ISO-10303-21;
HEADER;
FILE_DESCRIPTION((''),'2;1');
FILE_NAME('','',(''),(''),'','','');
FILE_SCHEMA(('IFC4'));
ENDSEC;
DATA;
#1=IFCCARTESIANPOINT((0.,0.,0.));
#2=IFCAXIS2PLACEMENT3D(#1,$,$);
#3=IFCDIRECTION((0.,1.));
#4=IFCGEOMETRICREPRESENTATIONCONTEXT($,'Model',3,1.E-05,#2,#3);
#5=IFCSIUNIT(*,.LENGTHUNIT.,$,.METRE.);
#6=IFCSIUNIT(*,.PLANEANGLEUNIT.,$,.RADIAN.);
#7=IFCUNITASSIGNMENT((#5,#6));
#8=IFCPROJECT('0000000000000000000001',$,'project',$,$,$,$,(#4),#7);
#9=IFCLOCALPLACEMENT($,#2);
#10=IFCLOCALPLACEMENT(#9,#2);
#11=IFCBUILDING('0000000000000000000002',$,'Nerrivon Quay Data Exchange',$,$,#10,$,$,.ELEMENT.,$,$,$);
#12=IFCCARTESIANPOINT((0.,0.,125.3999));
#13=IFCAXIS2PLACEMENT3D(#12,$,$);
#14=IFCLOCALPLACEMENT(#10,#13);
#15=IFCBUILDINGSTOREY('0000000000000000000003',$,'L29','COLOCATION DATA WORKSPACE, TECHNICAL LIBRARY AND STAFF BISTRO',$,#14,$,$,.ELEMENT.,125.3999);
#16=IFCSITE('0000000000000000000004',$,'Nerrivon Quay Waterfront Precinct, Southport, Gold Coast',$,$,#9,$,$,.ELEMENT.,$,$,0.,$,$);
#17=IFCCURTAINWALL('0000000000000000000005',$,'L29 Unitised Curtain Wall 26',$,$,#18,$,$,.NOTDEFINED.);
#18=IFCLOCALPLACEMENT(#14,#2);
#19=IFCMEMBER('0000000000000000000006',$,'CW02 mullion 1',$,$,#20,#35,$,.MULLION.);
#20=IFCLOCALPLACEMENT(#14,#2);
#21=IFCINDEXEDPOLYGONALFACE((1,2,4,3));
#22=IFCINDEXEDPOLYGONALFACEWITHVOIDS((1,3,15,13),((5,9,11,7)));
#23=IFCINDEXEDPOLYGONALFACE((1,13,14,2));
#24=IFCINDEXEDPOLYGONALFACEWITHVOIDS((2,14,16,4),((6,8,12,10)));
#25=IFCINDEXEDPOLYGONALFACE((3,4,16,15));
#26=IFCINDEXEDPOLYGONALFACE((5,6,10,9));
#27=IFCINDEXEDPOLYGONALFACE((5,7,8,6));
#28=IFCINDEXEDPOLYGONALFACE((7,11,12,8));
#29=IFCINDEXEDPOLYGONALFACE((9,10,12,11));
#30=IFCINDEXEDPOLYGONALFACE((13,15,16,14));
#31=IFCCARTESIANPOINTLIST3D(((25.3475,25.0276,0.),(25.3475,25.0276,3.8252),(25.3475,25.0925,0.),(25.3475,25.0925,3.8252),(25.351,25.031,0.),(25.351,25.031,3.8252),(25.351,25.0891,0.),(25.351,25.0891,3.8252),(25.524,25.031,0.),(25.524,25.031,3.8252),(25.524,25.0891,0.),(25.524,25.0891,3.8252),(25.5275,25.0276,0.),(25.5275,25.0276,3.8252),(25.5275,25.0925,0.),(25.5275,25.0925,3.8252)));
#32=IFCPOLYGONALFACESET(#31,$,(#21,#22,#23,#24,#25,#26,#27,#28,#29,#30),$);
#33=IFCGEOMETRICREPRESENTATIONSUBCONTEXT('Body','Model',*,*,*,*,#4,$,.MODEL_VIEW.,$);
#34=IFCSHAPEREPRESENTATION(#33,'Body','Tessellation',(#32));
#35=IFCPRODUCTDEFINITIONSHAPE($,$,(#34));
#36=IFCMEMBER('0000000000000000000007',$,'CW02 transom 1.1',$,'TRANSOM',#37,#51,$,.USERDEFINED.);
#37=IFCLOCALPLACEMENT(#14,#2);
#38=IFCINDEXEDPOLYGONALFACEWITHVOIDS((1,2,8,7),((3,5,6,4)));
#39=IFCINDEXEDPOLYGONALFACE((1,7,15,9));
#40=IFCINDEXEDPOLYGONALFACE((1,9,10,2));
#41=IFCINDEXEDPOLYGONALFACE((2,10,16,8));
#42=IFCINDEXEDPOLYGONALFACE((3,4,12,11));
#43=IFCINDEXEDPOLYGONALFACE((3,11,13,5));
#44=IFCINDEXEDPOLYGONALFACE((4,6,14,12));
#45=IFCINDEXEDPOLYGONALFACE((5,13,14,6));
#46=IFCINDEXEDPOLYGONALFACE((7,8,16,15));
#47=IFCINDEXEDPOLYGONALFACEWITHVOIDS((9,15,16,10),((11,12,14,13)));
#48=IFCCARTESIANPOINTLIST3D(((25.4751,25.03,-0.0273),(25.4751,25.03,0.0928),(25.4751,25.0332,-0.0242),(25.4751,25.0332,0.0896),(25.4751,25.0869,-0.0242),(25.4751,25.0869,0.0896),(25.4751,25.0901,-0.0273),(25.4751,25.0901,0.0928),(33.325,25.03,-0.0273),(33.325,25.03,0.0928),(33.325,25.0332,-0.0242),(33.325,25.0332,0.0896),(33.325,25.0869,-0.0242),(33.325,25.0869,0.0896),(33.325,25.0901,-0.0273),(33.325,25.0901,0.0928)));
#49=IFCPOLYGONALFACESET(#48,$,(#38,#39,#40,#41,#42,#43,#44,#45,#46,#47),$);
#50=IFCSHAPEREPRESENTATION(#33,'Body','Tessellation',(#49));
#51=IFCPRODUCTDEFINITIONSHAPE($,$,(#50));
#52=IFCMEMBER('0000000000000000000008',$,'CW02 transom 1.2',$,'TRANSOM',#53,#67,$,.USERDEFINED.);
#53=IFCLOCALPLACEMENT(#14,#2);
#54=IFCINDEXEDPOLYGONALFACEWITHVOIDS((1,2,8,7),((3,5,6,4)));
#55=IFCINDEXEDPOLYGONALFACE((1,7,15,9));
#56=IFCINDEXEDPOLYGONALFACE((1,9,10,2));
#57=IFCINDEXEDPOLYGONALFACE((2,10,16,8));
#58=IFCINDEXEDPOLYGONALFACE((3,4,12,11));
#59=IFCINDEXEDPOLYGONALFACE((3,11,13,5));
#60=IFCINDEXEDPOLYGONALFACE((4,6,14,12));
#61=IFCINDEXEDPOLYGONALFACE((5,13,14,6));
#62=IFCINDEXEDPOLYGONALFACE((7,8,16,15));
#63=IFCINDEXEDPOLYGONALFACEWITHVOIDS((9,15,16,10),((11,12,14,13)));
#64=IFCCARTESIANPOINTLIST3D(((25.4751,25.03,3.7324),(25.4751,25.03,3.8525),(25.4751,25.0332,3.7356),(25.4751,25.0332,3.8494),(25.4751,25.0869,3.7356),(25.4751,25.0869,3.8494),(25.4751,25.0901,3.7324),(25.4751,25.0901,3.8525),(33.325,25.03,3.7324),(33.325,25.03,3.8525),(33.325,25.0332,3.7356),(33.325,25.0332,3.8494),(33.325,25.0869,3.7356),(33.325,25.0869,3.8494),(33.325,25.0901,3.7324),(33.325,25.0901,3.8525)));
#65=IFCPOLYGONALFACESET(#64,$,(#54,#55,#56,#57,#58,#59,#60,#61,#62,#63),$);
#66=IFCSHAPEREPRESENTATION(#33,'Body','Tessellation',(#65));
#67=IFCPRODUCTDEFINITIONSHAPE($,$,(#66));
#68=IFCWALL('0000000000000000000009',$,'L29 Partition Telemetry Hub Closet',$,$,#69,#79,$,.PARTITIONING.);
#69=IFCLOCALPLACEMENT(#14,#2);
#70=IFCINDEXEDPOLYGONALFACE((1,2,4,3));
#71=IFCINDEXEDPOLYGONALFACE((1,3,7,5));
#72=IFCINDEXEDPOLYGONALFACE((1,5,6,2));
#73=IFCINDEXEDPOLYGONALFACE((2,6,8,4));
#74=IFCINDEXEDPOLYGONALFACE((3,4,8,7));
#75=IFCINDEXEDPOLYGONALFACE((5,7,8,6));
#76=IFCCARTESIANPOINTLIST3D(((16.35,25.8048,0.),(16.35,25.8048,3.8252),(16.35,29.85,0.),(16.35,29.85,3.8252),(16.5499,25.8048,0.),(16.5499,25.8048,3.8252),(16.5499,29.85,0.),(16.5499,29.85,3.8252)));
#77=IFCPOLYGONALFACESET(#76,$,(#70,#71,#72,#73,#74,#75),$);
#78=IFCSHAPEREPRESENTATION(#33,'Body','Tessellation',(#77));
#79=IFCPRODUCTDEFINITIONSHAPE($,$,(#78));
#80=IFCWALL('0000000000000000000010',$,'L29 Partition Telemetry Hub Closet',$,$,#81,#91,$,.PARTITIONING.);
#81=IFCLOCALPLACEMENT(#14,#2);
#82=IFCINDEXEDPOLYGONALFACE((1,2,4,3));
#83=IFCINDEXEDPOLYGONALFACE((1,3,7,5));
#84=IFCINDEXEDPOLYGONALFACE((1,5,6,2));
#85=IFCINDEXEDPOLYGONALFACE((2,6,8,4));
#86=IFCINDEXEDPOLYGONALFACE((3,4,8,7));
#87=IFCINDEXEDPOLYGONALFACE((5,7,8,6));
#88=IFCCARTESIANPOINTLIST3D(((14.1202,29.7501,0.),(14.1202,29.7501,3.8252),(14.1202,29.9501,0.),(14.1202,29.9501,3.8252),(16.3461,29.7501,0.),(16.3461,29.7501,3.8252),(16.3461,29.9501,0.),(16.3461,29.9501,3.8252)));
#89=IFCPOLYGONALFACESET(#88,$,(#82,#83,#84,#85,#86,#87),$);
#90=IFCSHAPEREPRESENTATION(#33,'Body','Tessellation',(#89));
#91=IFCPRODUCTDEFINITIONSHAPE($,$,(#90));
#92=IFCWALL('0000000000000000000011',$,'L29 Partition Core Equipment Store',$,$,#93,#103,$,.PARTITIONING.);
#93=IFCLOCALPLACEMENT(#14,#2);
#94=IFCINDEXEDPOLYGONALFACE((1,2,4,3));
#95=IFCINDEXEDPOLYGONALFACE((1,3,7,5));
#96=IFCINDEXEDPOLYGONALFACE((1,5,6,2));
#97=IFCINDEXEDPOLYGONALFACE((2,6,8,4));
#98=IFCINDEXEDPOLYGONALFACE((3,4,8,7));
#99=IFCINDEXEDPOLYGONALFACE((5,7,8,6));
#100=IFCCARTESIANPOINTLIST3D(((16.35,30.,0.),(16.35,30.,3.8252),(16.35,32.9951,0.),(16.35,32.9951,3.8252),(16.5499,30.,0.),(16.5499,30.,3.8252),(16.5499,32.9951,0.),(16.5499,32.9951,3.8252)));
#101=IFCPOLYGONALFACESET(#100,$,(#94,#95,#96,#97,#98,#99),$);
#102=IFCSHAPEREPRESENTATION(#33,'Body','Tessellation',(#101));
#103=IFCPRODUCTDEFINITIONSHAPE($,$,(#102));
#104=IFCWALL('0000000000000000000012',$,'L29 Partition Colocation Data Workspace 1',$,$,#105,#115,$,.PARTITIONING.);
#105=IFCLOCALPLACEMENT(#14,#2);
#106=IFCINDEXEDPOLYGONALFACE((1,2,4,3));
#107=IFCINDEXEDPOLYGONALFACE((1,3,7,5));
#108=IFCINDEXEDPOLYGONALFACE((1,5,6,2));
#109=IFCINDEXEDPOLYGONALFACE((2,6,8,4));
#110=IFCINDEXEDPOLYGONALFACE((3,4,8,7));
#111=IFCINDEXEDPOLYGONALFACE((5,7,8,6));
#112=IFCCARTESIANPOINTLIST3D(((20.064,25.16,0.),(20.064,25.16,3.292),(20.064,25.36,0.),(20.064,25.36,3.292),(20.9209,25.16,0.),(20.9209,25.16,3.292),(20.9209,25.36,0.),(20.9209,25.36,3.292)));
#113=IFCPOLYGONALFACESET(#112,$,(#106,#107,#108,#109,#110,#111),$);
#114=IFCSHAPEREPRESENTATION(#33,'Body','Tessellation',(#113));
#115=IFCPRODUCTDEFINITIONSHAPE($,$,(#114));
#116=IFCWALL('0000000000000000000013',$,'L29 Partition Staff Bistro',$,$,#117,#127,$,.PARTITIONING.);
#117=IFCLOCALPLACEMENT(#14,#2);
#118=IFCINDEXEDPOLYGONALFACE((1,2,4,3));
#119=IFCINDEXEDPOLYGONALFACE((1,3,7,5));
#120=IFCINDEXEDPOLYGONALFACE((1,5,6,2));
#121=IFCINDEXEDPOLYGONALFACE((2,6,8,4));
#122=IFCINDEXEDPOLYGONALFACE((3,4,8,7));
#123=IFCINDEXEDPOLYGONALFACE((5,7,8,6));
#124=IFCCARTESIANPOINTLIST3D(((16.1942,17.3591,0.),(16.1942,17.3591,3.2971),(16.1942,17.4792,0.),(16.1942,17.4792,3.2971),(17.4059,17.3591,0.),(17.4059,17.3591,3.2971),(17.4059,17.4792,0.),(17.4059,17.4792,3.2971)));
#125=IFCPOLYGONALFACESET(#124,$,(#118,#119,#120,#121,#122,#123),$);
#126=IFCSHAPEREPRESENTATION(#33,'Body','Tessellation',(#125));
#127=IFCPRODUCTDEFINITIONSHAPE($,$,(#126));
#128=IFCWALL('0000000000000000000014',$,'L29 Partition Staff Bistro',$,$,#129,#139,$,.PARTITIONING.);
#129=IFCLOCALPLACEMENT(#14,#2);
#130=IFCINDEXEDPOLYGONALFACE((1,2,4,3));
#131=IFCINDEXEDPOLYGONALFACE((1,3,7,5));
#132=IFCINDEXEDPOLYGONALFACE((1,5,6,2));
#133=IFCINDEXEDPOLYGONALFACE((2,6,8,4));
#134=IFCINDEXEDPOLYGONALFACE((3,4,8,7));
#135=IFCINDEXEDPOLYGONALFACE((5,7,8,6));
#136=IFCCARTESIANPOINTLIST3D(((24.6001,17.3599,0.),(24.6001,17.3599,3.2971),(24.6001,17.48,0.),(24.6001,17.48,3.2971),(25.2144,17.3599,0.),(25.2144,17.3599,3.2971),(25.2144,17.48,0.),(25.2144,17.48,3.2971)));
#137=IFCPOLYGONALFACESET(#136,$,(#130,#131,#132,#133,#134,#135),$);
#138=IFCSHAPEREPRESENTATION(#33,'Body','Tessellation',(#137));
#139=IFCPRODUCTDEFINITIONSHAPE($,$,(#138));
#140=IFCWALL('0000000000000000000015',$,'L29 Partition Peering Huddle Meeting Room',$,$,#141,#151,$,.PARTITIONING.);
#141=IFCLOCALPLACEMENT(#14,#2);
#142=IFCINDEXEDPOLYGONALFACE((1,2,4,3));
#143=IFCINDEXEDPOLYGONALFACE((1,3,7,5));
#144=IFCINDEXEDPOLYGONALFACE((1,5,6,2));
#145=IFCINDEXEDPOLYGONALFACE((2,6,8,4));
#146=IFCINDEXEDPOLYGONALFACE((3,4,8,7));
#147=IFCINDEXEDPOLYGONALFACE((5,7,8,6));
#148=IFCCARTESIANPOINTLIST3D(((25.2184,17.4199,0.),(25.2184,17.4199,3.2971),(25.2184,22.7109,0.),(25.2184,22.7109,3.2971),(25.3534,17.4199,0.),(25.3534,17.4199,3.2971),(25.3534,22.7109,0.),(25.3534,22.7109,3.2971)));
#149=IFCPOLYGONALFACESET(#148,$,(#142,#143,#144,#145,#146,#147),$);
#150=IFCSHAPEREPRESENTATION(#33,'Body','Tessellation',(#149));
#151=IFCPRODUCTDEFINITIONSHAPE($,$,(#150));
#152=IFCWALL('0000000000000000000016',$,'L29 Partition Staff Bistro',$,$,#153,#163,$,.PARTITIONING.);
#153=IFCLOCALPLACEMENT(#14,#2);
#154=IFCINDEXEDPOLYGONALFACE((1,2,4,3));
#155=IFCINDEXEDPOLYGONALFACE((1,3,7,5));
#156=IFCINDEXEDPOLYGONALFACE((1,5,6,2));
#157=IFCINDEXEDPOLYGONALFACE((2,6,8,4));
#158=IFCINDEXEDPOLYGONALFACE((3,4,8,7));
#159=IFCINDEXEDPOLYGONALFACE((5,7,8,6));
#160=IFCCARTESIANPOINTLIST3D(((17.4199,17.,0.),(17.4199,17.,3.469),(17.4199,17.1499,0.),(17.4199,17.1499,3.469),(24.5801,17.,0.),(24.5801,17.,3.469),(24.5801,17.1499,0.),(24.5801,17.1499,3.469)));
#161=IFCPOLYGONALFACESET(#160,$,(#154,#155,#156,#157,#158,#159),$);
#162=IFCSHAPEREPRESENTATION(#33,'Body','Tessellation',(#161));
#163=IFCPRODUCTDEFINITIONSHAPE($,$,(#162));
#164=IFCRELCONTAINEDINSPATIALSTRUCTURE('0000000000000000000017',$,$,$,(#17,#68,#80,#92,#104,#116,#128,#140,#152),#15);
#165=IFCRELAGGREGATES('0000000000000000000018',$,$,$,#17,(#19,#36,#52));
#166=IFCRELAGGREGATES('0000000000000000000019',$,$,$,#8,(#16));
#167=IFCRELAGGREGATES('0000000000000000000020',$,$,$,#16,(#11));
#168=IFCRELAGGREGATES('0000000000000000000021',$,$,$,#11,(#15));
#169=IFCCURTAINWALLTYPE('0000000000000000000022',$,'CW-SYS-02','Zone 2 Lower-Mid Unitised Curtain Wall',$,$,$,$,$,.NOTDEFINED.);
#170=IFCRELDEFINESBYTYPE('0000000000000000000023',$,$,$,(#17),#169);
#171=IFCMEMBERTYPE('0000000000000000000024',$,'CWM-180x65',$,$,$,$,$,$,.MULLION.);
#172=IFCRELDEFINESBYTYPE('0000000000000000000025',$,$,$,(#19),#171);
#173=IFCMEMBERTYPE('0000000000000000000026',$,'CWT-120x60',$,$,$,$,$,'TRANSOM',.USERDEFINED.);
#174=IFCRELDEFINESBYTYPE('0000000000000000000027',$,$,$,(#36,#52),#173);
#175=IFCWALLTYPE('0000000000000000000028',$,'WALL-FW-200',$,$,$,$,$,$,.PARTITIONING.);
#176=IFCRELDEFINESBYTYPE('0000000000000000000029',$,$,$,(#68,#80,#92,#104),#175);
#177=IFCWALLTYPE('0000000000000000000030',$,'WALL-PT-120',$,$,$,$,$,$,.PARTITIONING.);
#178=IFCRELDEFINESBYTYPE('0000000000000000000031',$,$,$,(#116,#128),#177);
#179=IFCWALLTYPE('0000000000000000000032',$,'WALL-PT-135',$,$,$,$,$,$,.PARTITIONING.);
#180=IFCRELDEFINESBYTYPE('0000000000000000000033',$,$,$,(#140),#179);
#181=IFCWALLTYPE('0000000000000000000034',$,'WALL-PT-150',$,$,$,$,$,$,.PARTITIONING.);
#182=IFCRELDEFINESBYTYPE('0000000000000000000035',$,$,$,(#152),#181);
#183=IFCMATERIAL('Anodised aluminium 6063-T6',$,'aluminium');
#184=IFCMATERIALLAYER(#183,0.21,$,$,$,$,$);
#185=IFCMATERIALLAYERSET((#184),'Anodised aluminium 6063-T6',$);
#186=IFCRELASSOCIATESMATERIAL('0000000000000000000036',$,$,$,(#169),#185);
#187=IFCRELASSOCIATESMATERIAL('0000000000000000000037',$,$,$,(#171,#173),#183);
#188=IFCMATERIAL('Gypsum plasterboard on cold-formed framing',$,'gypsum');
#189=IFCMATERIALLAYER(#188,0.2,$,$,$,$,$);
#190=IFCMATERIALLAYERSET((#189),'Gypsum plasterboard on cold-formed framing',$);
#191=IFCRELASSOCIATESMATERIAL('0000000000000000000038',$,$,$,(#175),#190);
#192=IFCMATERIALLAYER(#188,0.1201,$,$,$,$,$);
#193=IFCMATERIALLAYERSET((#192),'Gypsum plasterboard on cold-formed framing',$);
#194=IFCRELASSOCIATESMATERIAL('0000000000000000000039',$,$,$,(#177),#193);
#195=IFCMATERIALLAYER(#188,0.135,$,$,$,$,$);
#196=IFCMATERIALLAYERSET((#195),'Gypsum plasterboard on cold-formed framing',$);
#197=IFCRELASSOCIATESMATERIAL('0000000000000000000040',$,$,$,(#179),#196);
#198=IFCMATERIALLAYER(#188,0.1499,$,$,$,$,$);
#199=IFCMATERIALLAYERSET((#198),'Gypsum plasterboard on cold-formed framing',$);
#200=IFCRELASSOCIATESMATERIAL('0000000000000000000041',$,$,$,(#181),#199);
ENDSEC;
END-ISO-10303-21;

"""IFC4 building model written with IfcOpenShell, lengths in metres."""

from ifc_helpers import new_model, si_unit, direction, frame, frame_2d, origin, origin_2d, place, context, subcontext, project, spatial, rectangle, hollow_rectangle, extrude, material, layer, layer_set, material_profile, profile_set, type_object, element, aggregate, save


model = new_model("IFC4")

# Units and contexts
model_context = context("Model", 3, precision=1e-05, world=origin(), true_north=direction((0.0, 1.0)))
body_context = subcontext(model_context, "Body", "Model", "MODEL_VIEW")
ifc_project = project(units=[si_unit("LENGTHUNIT", "METRE"), si_unit("PLANEANGLEUNIT", "RADIAN")], contexts=[model_context])

# Site, building, storey
site_placement = place(None, origin())
site = spatial("IfcSite", under=ifc_project, at=site_placement, Name="Nerrivon Quay Waterfront Precinct, Southport, Gold Coast", CompositionType="ELEMENT", RefElevation=0.0)
building_placement = place(site_placement, origin())
building = spatial("IfcBuilding", under=site, at=building_placement, Name="Nerrivon Quay Data Exchange", CompositionType="ELEMENT")
storey_placement = place(building_placement, frame((0.0, 0.0, 125.3999)))
storey = spatial("IfcBuildingStorey", under=building, at=storey_placement, Name="L29", Description="COLOCATION DATA WORKSPACE, TECHNICAL LIBRARY AND STAFF BISTRO", CompositionType="ELEMENT", Elevation=125.3999)

# Curtain wall, members
ifc_material_1 = material(Name="Anodised aluminium 6063-T6", Category="aluminium")
ifc_layer_1 = layer(ifc_material_1, 0.21)
ifc_layer_set_1 = layer_set([ifc_layer_1], Name="Anodised aluminium 6063-T6")
curtain_wall_type = type_object("IfcCurtainWallType", Name="CW-SYS-02", Description="Zone 2 Lower-Mid Unitised Curtain Wall", PredefinedType="NOTDEFINED", material=ifc_layer_set_1)
curtain_wall_placement = place(storey_placement, origin())
curtain_wall = element("IfcCurtainWall", 1, at=curtain_wall_placement, inside=storey, type_object=curtain_wall_type, Name="L29 Unitised Curtain Wall 26", PredefinedType="NOTDEFINED")
ifc_material_profile_1 = material_profile(ifc_material_1, hollow_rectangle(XDim=0.0649, YDim=0.1799, WallThickness=0.0034, at=origin_2d()), Name="ALU-MULL-180x65")
ifc_profile_set_1 = profile_set([ifc_material_profile_1], Name="Anodised aluminium 6063-T6")
member_type_1 = type_object("IfcMemberType", Name="CWM-180x65", PredefinedType="MULLION", material=ifc_profile_set_1)
member_1_placement = place(storey_placement, frame((25.4375, 25.0601, 0.0), z_axis=(0.0, 0.0, 1.0), x_axis=(0.0, 1.0, 0.0)))
member_1 = element("IfcMember", 2, at=member_1_placement, type_object=member_type_1, Name="CW02 mullion 1", PredefinedType="MULLION", context=body_context, shape_type="SweptSolid", body=[
    extrude(hollow_rectangle(XDim=0.0649, YDim=0.1799, WallThickness=0.0034, at=origin_2d()), origin(), (0.0, 0.0, 1.0), 3.8252),
])
ifc_material_profile_2 = material_profile(ifc_material_1, hollow_rectangle(XDim=0.0601, YDim=0.1201, WallThickness=0.0032, at=origin_2d()), Name="ALU-TRAN-120x60")
ifc_profile_set_2 = profile_set([ifc_material_profile_2], Name="Anodised aluminium 6063-T6")
member_type_2 = type_object("IfcMemberType", Name="CWT-120x60", ElementType="TRANSOM", PredefinedType="USERDEFINED", material=ifc_profile_set_2)
member_2_placement = place(storey_placement, frame((25.4751, 25.0601, 0.0327), z_axis=(1.0, 0.0, 0.0), x_axis=(0.0, 1.0, 0.0)))
member_2 = element("IfcMember", 3, at=member_2_placement, type_object=member_type_2, Name="CW02 transom 1.1", ObjectType="TRANSOM", PredefinedType="USERDEFINED", context=body_context, shape_type="SweptSolid", body=[
    extrude(hollow_rectangle(XDim=0.0601, YDim=0.1201, WallThickness=0.0032, at=origin_2d()), origin(), (0.0, 0.0, 1.0), 7.8499),
])
member_3_placement = place(storey_placement, frame((25.4751, 25.0601, 3.7925), z_axis=(1.0, 0.0, 0.0), x_axis=(0.0, 1.0, 0.0)))
member_3 = element("IfcMember", 4, at=member_3_placement, type_object=member_type_2, Name="CW02 transom 1.2", ObjectType="TRANSOM", PredefinedType="USERDEFINED", context=body_context, shape_type="SweptSolid", body=[
    extrude(hollow_rectangle(XDim=0.0601, YDim=0.1201, WallThickness=0.0032, at=origin_2d()), origin(), (0.0, 0.0, 1.0), 7.8499),
])
aggregate(curtain_wall, [member_1, member_2, member_3])

# Walls
ifc_material_2 = material(Name="Gypsum plasterboard on cold-formed framing", Category="gypsum")
ifc_layer_2 = layer(ifc_material_2, 0.2)
ifc_layer_set_2 = layer_set([ifc_layer_2], Name="Gypsum plasterboard on cold-formed framing")
wall_type_1 = type_object("IfcWallType", Name="WALL-FW-200", PredefinedType="PARTITIONING", material=ifc_layer_set_2)
wall_1_placement = place(storey_placement, frame((16.45, 25.8049, 0.0), z_axis=(0.0, 0.0, 1.0), x_axis=(0.0, 1.0, 0.0)))
element("IfcWall", 5, at=wall_1_placement, inside=storey, type_object=wall_type_1, Name="L29 Partition Telemetry Hub Closet", PredefinedType="PARTITIONING", context=body_context, shape_type="SweptSolid", body=[
    extrude(rectangle(XDim=4.0452, YDim=0.2, at=frame_2d((2.0225, 0.0))), origin(), (0.0, 0.0, 1.0), 3.8252),
])
wall_2_placement = place(storey_placement, frame((16.3459, 29.8501, 0.0), z_axis=(0.0, 0.0, 1.0), x_axis=(-1.0, 0.0, 0.0)))
element("IfcWall", 6, at=wall_2_placement, inside=storey, type_object=wall_type_1, Name="L29 Partition Telemetry Hub Closet", PredefinedType="PARTITIONING", context=body_context, shape_type="SweptSolid", body=[
    extrude(rectangle(XDim=2.2258, YDim=0.2, at=frame_2d((1.1128, 0.0))), origin(), (0.0, 0.0, 1.0), 3.8252),
])
wall_3_placement = place(storey_placement, frame((16.45, 30.0, 0.0), z_axis=(0.0, 0.0, 1.0), x_axis=(0.0, 1.0, 0.0)))
element("IfcWall", 7, at=wall_3_placement, inside=storey, type_object=wall_type_1, Name="L29 Partition Core Equipment Store", PredefinedType="PARTITIONING", context=body_context, shape_type="SweptSolid", body=[
    extrude(rectangle(XDim=2.9951, YDim=0.2, at=frame_2d((1.4976, 0.0))), origin(), (0.0, 0.0, 1.0), 3.8252),
])
wall_4_placement = place(storey_placement, frame((20.064, 25.26, 0.0), z_axis=(0.0, 0.0, 1.0), x_axis=(1.0, 0.0, 0.0)))
element("IfcWall", 8, at=wall_4_placement, inside=storey, type_object=wall_type_1, Name="L29 Partition Colocation Data Workspace 1", PredefinedType="PARTITIONING", context=body_context, shape_type="SweptSolid", body=[
    extrude(rectangle(XDim=0.8569, YDim=0.2, at=frame_2d((0.4285, 0.0))), origin(), (0.0, 0.0, 1.0), 3.292),
])
ifc_layer_3 = layer(ifc_material_2, 0.1201)
ifc_layer_set_3 = layer_set([ifc_layer_3], Name="Gypsum plasterboard on cold-formed framing")
wall_type_2 = type_object("IfcWallType", Name="WALL-PT-120", PredefinedType="PARTITIONING", material=ifc_layer_set_3)
wall_5_placement = place(storey_placement, frame((16.1941, 17.4192, 0.0), z_axis=(0.0, 0.0, 1.0), x_axis=(1.0, 0.0, 0.0)))
element("IfcWall", 9, at=wall_5_placement, inside=storey, type_object=wall_type_2, Name="L29 Partition Staff Bistro", PredefinedType="PARTITIONING", context=body_context, shape_type="SweptSolid", body=[
    extrude(rectangle(XDim=1.2117, YDim=0.1201, at=frame_2d((0.606, 0.0))), origin(), (0.0, 0.0, 1.0), 3.2971),
])
wall_6_placement = place(storey_placement, frame((24.6001, 17.4199, 0.0), z_axis=(0.0, 0.0, 1.0), x_axis=(1.0, 0.0, 0.0)))
element("IfcWall", 10, at=wall_6_placement, inside=storey, type_object=wall_type_2, Name="L29 Partition Staff Bistro", PredefinedType="PARTITIONING", context=body_context, shape_type="SweptSolid", body=[
    extrude(rectangle(XDim=0.6143, YDim=0.1201, at=frame_2d((0.3071, 0.0))), origin(), (0.0, 0.0, 1.0), 3.2971),
])
ifc_layer_4 = layer(ifc_material_2, 0.135)
ifc_layer_set_4 = layer_set([ifc_layer_4], Name="Gypsum plasterboard on cold-formed framing")
wall_type_3 = type_object("IfcWallType", Name="WALL-PT-135", PredefinedType="PARTITIONING", material=ifc_layer_set_4)
wall_7_placement = place(storey_placement, frame((25.2859, 22.7109, 0.0), z_axis=(0.0, 0.0, 1.0), x_axis=(0.0, -1.0, 0.0)))
element("IfcWall", 11, at=wall_7_placement, inside=storey, type_object=wall_type_3, Name="L29 Partition Peering Huddle Meeting Room", PredefinedType="PARTITIONING", context=body_context, shape_type="SweptSolid", body=[
    extrude(rectangle(XDim=5.291, YDim=0.135, at=frame_2d((2.6455, 0.0))), origin(), (0.0, 0.0, 1.0), 3.2971),
])

# Wall
ifc_layer_5 = layer(ifc_material_2, 0.1499)
ifc_layer_set_5 = layer_set([ifc_layer_5], Name="Gypsum plasterboard on cold-formed framing")
wall_type_4 = type_object("IfcWallType", Name="WALL-PT-150", PredefinedType="PARTITIONING", material=ifc_layer_set_5)
wall_8_placement = place(storey_placement, frame((17.4199, 17.075, 0.0), z_axis=(0.0, 0.0, 1.0), x_axis=(1.0, 0.0, 0.0)))
element("IfcWall", 12, at=wall_8_placement, inside=storey, type_object=wall_type_4, Name="L29 Partition Staff Bistro", PredefinedType="PARTITIONING", context=body_context, shape_type="SweptSolid", body=[
    extrude(rectangle(XDim=7.1602, YDim=0.1499, at=frame_2d((3.5801, 0.0))), origin(), (0.0, 0.0, 1.0), 3.469),
])

save(model, "model.ifc")
